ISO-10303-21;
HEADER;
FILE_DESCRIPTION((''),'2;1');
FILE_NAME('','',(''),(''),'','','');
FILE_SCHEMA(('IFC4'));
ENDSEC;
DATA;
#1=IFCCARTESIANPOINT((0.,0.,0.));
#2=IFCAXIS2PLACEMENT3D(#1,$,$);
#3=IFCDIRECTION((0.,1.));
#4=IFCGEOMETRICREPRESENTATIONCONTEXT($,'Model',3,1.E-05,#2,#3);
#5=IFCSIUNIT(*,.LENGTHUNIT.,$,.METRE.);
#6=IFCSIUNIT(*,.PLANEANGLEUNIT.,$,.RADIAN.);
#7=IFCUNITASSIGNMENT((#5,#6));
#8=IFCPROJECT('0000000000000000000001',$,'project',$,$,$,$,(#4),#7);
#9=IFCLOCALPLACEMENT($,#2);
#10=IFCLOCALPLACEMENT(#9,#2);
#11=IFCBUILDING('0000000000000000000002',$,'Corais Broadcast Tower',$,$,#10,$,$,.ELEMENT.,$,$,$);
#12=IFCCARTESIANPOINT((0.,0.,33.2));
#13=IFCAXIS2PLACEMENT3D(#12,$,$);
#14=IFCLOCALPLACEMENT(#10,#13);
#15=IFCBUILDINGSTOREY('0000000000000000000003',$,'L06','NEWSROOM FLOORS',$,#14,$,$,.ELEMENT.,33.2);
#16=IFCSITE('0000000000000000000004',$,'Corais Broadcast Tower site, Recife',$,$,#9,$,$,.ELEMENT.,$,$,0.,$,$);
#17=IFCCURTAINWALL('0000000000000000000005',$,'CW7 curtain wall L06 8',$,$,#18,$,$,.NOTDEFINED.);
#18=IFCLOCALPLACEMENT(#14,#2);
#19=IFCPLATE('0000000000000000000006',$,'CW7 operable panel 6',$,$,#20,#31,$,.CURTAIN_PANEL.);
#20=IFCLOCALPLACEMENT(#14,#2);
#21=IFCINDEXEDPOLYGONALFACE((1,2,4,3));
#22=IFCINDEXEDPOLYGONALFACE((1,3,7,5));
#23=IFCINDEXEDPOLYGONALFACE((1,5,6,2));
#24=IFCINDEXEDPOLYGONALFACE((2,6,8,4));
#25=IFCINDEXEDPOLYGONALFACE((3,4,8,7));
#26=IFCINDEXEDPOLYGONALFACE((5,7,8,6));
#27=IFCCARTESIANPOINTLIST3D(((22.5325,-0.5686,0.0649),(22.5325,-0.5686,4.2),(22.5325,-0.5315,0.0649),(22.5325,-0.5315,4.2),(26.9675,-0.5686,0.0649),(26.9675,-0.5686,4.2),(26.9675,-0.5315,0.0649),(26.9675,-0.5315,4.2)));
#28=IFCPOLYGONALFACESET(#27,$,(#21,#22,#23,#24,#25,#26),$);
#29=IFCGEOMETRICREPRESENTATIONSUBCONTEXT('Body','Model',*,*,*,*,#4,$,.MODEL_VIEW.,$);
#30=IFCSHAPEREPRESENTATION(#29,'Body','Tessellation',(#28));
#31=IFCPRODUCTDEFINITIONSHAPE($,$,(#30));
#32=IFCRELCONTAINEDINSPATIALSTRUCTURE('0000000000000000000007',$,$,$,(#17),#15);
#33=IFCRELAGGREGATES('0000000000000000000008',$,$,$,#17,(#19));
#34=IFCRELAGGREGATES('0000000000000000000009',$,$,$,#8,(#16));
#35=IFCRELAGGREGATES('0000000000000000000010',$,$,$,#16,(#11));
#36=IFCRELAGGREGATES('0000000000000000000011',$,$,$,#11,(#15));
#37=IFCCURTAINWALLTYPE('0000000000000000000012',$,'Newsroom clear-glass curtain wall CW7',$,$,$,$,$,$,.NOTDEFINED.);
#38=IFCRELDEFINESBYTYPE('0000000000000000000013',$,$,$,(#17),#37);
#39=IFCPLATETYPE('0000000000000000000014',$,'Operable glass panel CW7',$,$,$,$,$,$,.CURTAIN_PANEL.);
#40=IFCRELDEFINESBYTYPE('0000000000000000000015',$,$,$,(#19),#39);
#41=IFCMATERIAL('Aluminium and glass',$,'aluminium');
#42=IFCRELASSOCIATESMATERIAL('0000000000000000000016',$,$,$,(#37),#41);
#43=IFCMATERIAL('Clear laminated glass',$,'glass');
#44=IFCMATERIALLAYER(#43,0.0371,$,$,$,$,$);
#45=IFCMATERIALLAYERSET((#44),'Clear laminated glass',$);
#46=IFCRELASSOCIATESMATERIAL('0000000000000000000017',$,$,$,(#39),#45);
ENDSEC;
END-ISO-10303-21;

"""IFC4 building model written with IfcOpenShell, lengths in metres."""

from ifc_helpers import new_model, si_unit, direction, frame, origin, origin_2d, place, context, subcontext, project, spatial, rectangle, extrude, material, layer, layer_set, type_object, element, aggregate, save


model = new_model("IFC4")

# Units and contexts
model_context = context("Model", 3, precision=1e-05, world=origin(), true_north=direction((0.0, 1.0)))
body_context = subcontext(model_context, "Body", "Model", "MODEL_VIEW")
ifc_project = project(units=[si_unit("LENGTHUNIT", "METRE"), si_unit("PLANEANGLEUNIT", "RADIAN")], contexts=[model_context])

# Site, building, storey
site_placement = place(None, origin())
site = spatial("IfcSite", under=ifc_project, at=site_placement, Name="Corais Broadcast Tower site, Recife", CompositionType="ELEMENT", RefElevation=0.0)
building_placement = place(site_placement, origin())
building = spatial("IfcBuilding", under=site, at=building_placement, Name="Corais Broadcast Tower", CompositionType="ELEMENT")
storey_placement = place(building_placement, frame((0.0, 0.0, 33.2)))
storey = spatial("IfcBuildingStorey", under=building, at=storey_placement, Name="L06", Description="NEWSROOM FLOORS", CompositionType="ELEMENT", Elevation=33.2)

# Curtain wall
ifc_material_1 = material(Name="Aluminium and glass", Category="aluminium")
curtain_wall_type = type_object("IfcCurtainWallType", Name="Newsroom clear-glass curtain wall CW7", PredefinedType="NOTDEFINED", material=ifc_material_1)
curtain_wall_placement = place(storey_placement, origin())
curtain_wall = element("IfcCurtainWall", 1, at=curtain_wall_placement, inside=storey, type_object=curtain_wall_type, Name="CW7 curtain wall L06 8", PredefinedType="NOTDEFINED")

# Plate
ifc_material_2 = material(Name="Clear laminated glass", Category="glass")
ifc_layer_1 = layer(ifc_material_2, 0.0371)
ifc_layer_set_1 = layer_set([ifc_layer_1], Name="Clear laminated glass")
plate_type_1 = type_object("IfcPlateType", Name="Operable glass panel CW7", PredefinedType="CURTAIN_PANEL", material=ifc_layer_set_1)
plate_1_placement = place(storey_placement, frame((24.75, -0.55, 0.0649), z_axis=(0.0, 0.0, 1.0), x_axis=(-1.0, 0.0, 0.0)))
plate_1 = element("IfcPlate", 2, at=plate_1_placement, type_object=plate_type_1, Name="CW7 operable panel 6", PredefinedType="CURTAIN_PANEL", context=body_context, shape_type="SweptSolid", body=[
    extrude(rectangle(XDim=4.4351, YDim=0.0371, at=origin_2d()), origin(), (0.0, 0.0, 1.0), 4.135),
])
aggregate(curtain_wall, [plate_1])

save(model, "model.ifc")
